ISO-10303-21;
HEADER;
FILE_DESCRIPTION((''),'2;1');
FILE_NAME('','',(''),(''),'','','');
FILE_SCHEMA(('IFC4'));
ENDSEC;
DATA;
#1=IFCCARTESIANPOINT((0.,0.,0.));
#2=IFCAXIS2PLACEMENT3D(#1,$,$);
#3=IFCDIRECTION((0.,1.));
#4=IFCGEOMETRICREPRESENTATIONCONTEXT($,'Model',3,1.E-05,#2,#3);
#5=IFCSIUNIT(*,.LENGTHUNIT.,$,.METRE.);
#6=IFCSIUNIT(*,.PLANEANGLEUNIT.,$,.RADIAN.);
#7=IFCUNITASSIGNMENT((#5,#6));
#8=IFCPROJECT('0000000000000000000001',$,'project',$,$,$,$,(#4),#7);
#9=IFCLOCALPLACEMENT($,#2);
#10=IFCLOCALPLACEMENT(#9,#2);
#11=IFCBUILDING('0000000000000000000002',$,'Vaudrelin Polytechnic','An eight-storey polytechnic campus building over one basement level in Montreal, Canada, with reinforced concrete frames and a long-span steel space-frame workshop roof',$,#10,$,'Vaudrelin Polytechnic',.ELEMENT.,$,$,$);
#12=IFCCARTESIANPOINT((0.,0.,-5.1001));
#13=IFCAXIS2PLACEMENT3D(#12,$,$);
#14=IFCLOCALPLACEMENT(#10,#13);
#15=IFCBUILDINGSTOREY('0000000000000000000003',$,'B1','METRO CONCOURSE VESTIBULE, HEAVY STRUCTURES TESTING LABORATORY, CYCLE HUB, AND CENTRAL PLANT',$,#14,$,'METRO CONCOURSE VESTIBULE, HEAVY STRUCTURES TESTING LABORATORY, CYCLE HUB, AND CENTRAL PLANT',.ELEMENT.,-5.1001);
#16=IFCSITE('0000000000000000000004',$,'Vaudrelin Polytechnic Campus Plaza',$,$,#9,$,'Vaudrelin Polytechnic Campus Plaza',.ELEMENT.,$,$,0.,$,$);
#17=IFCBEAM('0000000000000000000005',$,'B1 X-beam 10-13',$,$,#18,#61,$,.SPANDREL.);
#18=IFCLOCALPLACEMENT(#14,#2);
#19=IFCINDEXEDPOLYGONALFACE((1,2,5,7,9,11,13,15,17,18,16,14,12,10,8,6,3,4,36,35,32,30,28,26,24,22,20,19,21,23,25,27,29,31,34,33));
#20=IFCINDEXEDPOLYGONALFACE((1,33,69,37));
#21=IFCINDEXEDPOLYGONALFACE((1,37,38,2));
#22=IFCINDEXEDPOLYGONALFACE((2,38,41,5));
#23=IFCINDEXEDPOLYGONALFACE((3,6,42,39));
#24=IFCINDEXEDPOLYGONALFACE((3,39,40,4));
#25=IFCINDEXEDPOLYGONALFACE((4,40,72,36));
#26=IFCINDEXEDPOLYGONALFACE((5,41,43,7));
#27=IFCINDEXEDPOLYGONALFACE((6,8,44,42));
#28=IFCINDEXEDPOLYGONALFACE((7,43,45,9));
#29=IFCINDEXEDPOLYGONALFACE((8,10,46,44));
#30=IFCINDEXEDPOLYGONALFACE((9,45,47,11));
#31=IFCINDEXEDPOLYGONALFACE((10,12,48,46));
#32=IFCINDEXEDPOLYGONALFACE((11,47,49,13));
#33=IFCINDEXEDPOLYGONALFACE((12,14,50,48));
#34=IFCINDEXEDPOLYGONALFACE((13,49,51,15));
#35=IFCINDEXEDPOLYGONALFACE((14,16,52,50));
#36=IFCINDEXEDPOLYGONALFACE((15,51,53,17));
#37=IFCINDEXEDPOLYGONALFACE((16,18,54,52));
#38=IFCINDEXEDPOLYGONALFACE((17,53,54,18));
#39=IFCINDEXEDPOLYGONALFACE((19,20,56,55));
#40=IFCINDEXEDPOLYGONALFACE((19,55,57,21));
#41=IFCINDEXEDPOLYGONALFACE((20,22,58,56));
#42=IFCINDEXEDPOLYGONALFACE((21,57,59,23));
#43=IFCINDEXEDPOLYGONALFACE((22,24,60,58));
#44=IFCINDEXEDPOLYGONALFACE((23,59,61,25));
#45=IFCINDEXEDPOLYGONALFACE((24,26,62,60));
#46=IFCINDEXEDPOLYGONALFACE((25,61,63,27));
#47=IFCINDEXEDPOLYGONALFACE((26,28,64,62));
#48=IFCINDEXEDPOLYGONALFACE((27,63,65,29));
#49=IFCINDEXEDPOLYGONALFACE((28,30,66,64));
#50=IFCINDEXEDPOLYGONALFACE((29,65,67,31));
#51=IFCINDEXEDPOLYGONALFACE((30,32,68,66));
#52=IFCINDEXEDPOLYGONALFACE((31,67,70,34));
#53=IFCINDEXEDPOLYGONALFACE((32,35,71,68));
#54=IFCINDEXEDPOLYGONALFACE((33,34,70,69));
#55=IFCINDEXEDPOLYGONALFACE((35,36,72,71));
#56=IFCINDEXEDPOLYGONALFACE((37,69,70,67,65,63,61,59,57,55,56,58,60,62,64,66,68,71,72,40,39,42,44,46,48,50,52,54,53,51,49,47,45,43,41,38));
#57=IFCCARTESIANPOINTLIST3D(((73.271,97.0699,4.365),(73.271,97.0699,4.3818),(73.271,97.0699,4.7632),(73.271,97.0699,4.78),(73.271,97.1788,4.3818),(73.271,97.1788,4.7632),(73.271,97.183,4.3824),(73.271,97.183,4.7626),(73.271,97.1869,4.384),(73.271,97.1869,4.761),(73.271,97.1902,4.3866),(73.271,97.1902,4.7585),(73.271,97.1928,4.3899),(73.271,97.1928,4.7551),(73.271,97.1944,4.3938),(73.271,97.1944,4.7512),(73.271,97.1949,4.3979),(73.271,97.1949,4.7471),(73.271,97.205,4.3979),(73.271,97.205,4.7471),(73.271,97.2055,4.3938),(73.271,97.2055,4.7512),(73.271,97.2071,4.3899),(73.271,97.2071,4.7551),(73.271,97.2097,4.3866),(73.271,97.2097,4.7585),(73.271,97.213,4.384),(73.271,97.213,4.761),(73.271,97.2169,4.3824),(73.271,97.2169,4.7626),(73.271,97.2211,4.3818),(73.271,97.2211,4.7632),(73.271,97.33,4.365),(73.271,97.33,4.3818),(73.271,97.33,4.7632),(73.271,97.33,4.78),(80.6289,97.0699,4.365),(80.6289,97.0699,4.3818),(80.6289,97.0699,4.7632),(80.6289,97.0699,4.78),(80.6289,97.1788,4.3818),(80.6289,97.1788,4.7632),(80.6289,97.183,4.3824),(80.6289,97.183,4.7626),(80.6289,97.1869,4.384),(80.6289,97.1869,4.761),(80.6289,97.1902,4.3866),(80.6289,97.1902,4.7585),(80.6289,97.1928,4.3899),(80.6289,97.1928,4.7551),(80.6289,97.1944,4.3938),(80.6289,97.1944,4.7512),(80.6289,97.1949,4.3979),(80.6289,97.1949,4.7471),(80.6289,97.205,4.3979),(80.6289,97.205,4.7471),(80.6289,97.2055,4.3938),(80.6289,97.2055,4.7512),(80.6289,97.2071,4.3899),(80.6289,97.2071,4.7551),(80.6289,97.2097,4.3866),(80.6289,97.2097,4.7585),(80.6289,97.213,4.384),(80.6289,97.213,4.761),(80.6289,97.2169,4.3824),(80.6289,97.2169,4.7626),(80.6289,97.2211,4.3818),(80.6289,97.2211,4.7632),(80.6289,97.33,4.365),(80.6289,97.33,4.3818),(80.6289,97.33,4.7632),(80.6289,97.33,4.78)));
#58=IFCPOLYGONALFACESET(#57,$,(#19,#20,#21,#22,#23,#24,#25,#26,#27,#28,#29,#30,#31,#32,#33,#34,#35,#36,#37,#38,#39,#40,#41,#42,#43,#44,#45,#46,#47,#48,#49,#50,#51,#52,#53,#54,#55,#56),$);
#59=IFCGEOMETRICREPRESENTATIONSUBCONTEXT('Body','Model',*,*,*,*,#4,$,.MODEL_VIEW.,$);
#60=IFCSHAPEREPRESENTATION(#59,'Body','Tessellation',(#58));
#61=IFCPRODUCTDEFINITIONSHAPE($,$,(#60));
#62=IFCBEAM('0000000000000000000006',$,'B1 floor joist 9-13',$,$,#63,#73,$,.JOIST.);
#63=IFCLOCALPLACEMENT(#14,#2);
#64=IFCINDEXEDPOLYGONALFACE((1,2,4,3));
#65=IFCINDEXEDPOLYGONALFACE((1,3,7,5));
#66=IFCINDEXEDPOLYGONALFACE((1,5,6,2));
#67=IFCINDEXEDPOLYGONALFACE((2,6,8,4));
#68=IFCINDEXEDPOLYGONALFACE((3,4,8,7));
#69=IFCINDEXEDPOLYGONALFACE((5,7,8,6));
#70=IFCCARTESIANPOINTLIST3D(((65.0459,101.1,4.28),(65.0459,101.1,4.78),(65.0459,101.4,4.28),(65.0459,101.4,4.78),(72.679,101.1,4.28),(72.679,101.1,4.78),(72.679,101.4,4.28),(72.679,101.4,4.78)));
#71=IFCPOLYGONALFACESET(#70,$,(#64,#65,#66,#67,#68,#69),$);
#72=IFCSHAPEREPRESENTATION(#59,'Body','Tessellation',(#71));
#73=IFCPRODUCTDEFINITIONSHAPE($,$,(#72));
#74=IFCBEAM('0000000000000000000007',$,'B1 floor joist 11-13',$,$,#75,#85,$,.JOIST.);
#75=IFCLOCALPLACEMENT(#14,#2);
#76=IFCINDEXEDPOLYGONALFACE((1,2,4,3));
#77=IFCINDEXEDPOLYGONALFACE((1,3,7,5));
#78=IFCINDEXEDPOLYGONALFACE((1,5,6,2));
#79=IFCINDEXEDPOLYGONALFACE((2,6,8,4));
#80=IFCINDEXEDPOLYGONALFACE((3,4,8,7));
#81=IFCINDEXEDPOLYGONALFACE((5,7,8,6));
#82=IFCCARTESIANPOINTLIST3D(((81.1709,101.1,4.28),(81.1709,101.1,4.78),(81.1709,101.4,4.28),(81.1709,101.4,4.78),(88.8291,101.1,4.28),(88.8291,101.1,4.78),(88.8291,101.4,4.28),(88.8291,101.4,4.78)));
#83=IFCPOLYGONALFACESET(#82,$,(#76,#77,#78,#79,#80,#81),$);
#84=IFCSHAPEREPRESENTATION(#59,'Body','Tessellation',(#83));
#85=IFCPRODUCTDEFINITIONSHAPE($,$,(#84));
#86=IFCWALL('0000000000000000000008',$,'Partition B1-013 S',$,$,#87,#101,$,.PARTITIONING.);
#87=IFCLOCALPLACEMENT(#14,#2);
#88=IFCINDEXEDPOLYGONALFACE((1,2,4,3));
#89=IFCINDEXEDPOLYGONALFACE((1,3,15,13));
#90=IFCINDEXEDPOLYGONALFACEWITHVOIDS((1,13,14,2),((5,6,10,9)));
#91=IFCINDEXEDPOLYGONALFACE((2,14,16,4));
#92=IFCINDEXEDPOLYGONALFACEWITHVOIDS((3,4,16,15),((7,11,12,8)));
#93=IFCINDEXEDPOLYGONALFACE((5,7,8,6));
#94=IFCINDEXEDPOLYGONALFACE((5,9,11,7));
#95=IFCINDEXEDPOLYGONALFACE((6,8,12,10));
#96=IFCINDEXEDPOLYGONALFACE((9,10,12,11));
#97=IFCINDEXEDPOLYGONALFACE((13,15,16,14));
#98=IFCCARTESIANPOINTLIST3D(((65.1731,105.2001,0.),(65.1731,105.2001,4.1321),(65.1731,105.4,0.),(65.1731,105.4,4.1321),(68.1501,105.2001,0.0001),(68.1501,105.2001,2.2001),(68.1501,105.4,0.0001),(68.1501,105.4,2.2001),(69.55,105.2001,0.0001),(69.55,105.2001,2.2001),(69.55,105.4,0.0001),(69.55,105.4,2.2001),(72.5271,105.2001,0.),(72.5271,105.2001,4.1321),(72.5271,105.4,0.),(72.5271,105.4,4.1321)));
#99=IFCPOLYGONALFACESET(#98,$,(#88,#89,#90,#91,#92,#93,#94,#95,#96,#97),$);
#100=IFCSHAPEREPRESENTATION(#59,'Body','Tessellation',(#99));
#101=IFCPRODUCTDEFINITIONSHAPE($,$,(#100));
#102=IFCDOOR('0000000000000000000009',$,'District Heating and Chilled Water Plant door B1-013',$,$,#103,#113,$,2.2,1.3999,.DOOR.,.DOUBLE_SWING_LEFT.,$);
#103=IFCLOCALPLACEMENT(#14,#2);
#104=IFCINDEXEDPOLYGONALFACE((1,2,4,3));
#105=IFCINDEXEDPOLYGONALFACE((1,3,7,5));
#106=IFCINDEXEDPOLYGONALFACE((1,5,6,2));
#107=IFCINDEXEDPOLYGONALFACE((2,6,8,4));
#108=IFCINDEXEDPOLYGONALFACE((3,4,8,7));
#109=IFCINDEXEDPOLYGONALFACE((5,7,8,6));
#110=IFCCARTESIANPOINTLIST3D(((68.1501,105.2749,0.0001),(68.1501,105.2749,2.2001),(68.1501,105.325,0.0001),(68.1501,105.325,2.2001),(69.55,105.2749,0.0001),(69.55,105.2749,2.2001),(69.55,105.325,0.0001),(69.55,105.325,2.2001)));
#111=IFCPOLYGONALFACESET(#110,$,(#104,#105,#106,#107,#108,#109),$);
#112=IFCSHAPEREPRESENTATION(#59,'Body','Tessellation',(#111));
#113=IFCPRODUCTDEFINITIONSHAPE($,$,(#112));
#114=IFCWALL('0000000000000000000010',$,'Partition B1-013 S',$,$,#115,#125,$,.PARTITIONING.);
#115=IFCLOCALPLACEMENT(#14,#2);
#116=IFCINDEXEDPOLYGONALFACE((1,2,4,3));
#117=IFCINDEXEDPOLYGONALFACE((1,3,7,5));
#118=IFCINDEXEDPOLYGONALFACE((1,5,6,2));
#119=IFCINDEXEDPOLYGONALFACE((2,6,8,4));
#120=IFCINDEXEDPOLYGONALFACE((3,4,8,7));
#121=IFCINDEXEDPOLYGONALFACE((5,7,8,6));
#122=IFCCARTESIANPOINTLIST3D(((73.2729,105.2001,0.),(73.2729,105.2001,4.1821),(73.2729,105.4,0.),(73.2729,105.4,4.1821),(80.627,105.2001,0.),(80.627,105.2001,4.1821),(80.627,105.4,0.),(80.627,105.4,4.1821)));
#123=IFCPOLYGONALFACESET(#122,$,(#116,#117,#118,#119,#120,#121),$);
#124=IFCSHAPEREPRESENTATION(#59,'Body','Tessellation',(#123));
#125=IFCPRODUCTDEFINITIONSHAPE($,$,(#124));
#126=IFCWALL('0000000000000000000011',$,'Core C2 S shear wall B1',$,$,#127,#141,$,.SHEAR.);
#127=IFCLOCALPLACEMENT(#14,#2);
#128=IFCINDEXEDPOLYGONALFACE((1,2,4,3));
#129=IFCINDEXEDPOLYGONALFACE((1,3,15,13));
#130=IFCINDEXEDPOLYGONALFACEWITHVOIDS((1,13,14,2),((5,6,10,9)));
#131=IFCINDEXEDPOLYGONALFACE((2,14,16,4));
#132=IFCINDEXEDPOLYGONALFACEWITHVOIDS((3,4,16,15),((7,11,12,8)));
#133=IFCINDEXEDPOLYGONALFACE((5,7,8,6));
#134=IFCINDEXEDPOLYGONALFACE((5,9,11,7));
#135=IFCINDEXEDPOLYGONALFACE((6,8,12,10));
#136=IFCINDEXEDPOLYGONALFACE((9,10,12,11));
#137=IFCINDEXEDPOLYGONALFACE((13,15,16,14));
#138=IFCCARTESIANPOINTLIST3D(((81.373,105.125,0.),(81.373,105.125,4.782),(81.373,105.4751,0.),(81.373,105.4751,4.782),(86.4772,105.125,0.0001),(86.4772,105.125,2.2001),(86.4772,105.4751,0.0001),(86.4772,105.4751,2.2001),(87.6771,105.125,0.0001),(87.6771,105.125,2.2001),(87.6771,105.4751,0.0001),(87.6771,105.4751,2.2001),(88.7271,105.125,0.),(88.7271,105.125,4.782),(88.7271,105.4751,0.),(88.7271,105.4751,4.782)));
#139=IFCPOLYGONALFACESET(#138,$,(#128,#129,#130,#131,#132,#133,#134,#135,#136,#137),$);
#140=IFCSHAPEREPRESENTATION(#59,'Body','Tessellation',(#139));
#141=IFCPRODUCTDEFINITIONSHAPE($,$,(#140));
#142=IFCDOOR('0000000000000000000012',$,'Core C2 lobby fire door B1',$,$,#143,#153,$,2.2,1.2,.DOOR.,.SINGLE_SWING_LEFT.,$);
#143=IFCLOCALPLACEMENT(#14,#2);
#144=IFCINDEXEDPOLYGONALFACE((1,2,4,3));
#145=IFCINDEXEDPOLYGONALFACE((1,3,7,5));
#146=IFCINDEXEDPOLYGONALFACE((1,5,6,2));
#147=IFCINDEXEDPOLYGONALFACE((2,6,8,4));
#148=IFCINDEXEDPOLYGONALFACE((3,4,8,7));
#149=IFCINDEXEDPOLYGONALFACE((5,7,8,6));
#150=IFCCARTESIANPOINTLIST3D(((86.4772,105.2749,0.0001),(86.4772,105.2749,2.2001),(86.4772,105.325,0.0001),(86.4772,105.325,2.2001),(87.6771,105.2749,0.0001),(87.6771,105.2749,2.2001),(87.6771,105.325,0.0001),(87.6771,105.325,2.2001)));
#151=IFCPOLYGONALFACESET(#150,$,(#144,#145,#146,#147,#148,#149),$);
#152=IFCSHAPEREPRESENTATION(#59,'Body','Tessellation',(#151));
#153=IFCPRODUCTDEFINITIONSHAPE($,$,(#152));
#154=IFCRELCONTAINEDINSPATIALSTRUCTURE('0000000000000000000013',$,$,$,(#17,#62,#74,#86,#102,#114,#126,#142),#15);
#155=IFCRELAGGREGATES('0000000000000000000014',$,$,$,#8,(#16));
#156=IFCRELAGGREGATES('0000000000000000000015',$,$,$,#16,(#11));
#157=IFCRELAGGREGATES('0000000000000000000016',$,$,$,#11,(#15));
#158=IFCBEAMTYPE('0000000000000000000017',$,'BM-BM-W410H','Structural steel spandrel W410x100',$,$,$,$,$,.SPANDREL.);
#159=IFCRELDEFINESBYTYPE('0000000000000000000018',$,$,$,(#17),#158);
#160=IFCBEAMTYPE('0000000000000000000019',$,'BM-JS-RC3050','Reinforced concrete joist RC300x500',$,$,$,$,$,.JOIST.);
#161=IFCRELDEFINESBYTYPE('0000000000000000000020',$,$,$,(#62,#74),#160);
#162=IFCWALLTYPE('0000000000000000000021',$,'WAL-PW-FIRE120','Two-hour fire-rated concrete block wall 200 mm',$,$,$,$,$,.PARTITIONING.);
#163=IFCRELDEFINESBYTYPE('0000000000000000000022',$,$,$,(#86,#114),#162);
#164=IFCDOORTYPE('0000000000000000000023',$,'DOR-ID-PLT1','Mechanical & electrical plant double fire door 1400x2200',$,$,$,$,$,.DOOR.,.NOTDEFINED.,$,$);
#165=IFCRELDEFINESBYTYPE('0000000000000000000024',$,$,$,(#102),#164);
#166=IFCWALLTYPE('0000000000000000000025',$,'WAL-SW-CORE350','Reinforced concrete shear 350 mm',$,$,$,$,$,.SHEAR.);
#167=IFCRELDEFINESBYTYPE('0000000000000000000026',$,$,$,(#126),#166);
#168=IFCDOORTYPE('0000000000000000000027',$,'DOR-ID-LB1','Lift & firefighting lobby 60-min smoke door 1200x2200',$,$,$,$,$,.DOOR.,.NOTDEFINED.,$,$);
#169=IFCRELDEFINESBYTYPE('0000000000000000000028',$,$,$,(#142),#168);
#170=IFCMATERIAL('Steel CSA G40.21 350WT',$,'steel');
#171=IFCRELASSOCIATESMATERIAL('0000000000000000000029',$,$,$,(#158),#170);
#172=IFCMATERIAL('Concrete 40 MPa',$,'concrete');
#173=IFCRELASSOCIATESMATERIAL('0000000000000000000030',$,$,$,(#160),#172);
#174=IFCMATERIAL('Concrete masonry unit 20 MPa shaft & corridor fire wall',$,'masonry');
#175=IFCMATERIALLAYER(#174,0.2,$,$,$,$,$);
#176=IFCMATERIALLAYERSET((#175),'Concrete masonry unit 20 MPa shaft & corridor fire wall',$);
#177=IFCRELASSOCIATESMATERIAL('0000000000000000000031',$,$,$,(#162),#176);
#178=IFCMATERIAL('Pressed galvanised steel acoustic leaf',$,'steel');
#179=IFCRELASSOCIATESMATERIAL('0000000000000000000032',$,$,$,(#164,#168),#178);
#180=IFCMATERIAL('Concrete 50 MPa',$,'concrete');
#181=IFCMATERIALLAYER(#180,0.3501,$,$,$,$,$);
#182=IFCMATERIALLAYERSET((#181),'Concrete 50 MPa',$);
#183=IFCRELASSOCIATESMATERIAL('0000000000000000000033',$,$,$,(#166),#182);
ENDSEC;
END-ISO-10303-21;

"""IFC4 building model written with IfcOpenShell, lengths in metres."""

from ifc_helpers import new_model, si_unit, direction, frame, frame_2d, origin, origin_2d, place, context, subcontext, project, spatial, rectangle, i_section, extrude, material, layer, layer_set, material_profile, profile_set, type_object, element, fill, save


model = new_model("IFC4")

# Units and contexts
model_context = context("Model", 3, precision=1e-05, world=origin(), true_north=direction((0.0, 1.0)))
body_context = subcontext(model_context, "Body", "Model", "MODEL_VIEW")
ifc_project = project(units=[si_unit("LENGTHUNIT", "METRE"), si_unit("PLANEANGLEUNIT", "RADIAN")], contexts=[model_context])

# Site, building, storey
site_placement = place(None, origin())
site = spatial("IfcSite", under=ifc_project, at=site_placement, Name="Vaudrelin Polytechnic Campus Plaza", LongName="Vaudrelin Polytechnic Campus Plaza", CompositionType="ELEMENT", RefElevation=0.0)
building_placement = place(site_placement, origin())
building = spatial("IfcBuilding", under=site, at=building_placement, Name="Vaudrelin Polytechnic", Description="An eight-storey polytechnic campus building over one basement level in Montreal, Canada, with reinforced concrete frames and a long-span steel space-frame workshop roof", LongName="Vaudrelin Polytechnic", CompositionType="ELEMENT")
storey_placement = place(building_placement, frame((0.0, 0.0, -5.1001)))
storey = spatial("IfcBuildingStorey", under=building, at=storey_placement, Name="B1", Description="METRO CONCOURSE VESTIBULE, HEAVY STRUCTURES TESTING LABORATORY, CYCLE HUB, AND CENTRAL PLANT", LongName="METRO CONCOURSE VESTIBULE, HEAVY STRUCTURES TESTING LABORATORY, CYCLE HUB, AND CENTRAL PLANT", CompositionType="ELEMENT", Elevation=-5.1001)

# Shared definitions
ifc_material_1 = material(Name="Concrete 40 MPa", Category="concrete")

# Shared definitions
ifc_material_2 = material(Name="Concrete 50 MPa", Category="concrete")

# Beams
ifc_material_3 = material(Name="Steel CSA G40.21 350WT", Category="steel")
ifc_material_profile_1 = material_profile(ifc_material_3, i_section(OverallWidth=0.26, OverallDepth=0.415, WebThickness=0.01, FlangeThickness=0.0168, FilletRadius=0.0161, at=origin_2d()), Name="W410x100")
ifc_profile_set_1 = profile_set([ifc_material_profile_1], Name="Steel CSA G40.21 350WT")
beam_type_1 = type_object("IfcBeamType", Name="BM-BM-W410H", Description="Structural steel spandrel W410x100", PredefinedType="SPANDREL", material=ifc_profile_set_1)
beam_1_placement = place(storey_placement, frame((73.271, 97.2, 4.5725), z_axis=(1.0, 0.0, 0.0), x_axis=(0.0, 1.0, 0.0)))
element("IfcBeam", 1, at=beam_1_placement, inside=storey, type_object=beam_type_1, Name="B1 X-beam 10-13", PredefinedType="SPANDREL", context=body_context, shape_type="SweptSolid", body=[
    extrude(i_section(OverallWidth=0.26, OverallDepth=0.415, WebThickness=0.01, FlangeThickness=0.0168, FilletRadius=0.0161, at=origin_2d()), origin(), (0.0, 0.0, 1.0), 7.3579),
])
ifc_material_profile_2 = material_profile(ifc_material_1, rectangle(XDim=0.3, YDim=0.5, at=origin_2d()), Name="RC300x500")
ifc_profile_set_2 = profile_set([ifc_material_profile_2], Name="Concrete 40 MPa")
beam_type_2 = type_object("IfcBeamType", Name="BM-JS-RC3050", Description="Reinforced concrete joist RC300x500", PredefinedType="JOIST", material=ifc_profile_set_2)
beam_2_placement = place(storey_placement, frame((65.0459, 101.25, 4.53), z_axis=(1.0, 0.0, 0.0), x_axis=(0.0, 1.0, 0.0)))
element("IfcBeam", 2, at=beam_2_placement, inside=storey, type_object=beam_type_2, Name="B1 floor joist 9-13", PredefinedType="JOIST", context=body_context, shape_type="SweptSolid", body=[
    extrude(rectangle(XDim=0.3, YDim=0.5, at=origin_2d()), origin(), (0.0, 0.0, 1.0), 7.6331),
])
beam_3_placement = place(storey_placement, frame((81.1709, 101.25, 4.53), z_axis=(1.0, 0.0, 0.0), x_axis=(0.0, 1.0, 0.0)))
element("IfcBeam", 3, at=beam_3_placement, inside=storey, type_object=beam_type_2, Name="B1 floor joist 11-13", PredefinedType="JOIST", context=body_context, shape_type="SweptSolid", body=[
    extrude(rectangle(XDim=0.3, YDim=0.5, at=origin_2d()), origin(), (0.0, 0.0, 1.0), 7.6582),
])

# Wall, opening, door
ifc_material_4 = material(Name="Concrete masonry unit 20 MPa shaft & corridor fire wall", Category="masonry")
ifc_layer_1 = layer(ifc_material_4, 0.2)
ifc_layer_set_1 = layer_set([ifc_layer_1], Name="Concrete masonry unit 20 MPa shaft & corridor fire wall")
wall_type_1 = type_object("IfcWallType", Name="WAL-PW-FIRE120", Description="Two-hour fire-rated concrete block wall 200 mm", PredefinedType="PARTITIONING", material=ifc_layer_set_1)
wall_1_placement = place(storey_placement, frame((65.1731, 105.3, 0.0), z_axis=(0.0, 0.0, 1.0), x_axis=(1.0, 0.0, 0.0)))
wall_1 = element("IfcWall", 4, at=wall_1_placement, inside=storey, type_object=wall_type_1, Name="Partition B1-013 S", PredefinedType="PARTITIONING", context=body_context, shape_type="SweptSolid", body=[
    extrude(rectangle(XDim=7.354, YDim=0.2, at=frame_2d((3.677, 0.0))), origin(), (0.0, 0.0, 1.0), 4.1321),
])
opening_1_placement = place(wall_1_placement, frame((2.9771, 0.0, 0.0)))
opening_1 = element("IfcOpeningElement", 5, at=opening_1_placement, cuts=wall_1, PredefinedType="OPENING", context=body_context, shape_type="SweptSolid", body=[
    extrude(rectangle(XDim=1.3999, YDim=2.2, at=frame_2d((0.7, 1.1001))), frame((0.0, 0.1099, 0.0), z_axis=(0.0, -1.0, 0.0), x_axis=(1.0, 0.0, 0.0)), (0.0, 0.0, 1.0), 0.22),
])
ifc_material_5 = material(Name="Pressed galvanised steel acoustic leaf", Category="steel")
door_type_1 = type_object("IfcDoorType", Name="DOR-ID-PLT1", Description="Mechanical & electrical plant double fire door 1400x2200", OperationType="NOTDEFINED", PredefinedType="DOOR", material=ifc_material_5)
door_1_placement = place(opening_1_placement, origin())
door_1 = element("IfcDoor", 6, at=door_1_placement, inside=storey, type_object=door_type_1, Name="District Heating and Chilled Water Plant door B1-013", OperationType="DOUBLE_SWING_LEFT", OverallHeight=2.2, OverallWidth=1.3999, PredefinedType="DOOR", context=body_context, shape_type="SweptSolid", body=[
    extrude(rectangle(XDim=1.3999, YDim=2.2, at=frame_2d((0.7, 1.1001))), frame((0.0, 0.0249, 0.0), z_axis=(0.0, -1.0, 0.0), x_axis=(1.0, 0.0, 0.0)), (0.0, 0.0, 1.0), 0.05),
])
fill(opening_1, door_1)

# Wall
wall_2_placement = place(storey_placement, frame((73.2729, 105.3, 0.0), z_axis=(0.0, 0.0, 1.0), x_axis=(1.0, 0.0, 0.0)))
element("IfcWall", 7, at=wall_2_placement, inside=storey, type_object=wall_type_1, Name="Partition B1-013 S", PredefinedType="PARTITIONING", context=body_context, shape_type="SweptSolid", body=[
    extrude(rectangle(XDim=7.354, YDim=0.2, at=frame_2d((3.677, 0.0))), origin(), (0.0, 0.0, 1.0), 4.1821),
])

# Wall, opening, door
ifc_layer_2 = layer(ifc_material_2, 0.3501)
ifc_layer_set_2 = layer_set([ifc_layer_2], Name="Concrete 50 MPa")
wall_type_2 = type_object("IfcWallType", Name="WAL-SW-CORE350", Description="Reinforced concrete shear 350 mm", PredefinedType="SHEAR", material=ifc_layer_set_2)
wall_3_placement = place(storey_placement, frame((81.373, 105.3, 0.0), z_axis=(0.0, 0.0, 1.0), x_axis=(1.0, 0.0, 0.0)))
wall_3 = element("IfcWall", 8, at=wall_3_placement, inside=storey, type_object=wall_type_2, Name="Core C2 S shear wall B1", PredefinedType="SHEAR", context=body_context, shape_type="SweptSolid", body=[
    extrude(rectangle(XDim=7.354, YDim=0.3501, at=frame_2d((3.677, 0.0))), origin(), (0.0, 0.0, 1.0), 4.782),
])
opening_2_placement = place(wall_3_placement, frame((5.104, 0.0, 0.0)))
opening_2 = element("IfcOpeningElement", 9, at=opening_2_placement, cuts=wall_3, PredefinedType="OPENING", context=body_context, shape_type="SweptSolid", body=[
    extrude(rectangle(XDim=1.2, YDim=2.2, at=frame_2d((0.6001, 1.1001))), frame((0.0, 0.1851, 0.0), z_axis=(0.0, -1.0, 0.0), x_axis=(1.0, 0.0, 0.0)), (0.0, 0.0, 1.0), 0.3701),
])
door_type_2 = type_object("IfcDoorType", Name="DOR-ID-LB1", Description="Lift & firefighting lobby 60-min smoke door 1200x2200", OperationType="NOTDEFINED", PredefinedType="DOOR", material=ifc_material_5)
door_2_placement = place(opening_2_placement, origin())
door_2 = element("IfcDoor", 10, at=door_2_placement, inside=storey, type_object=door_type_2, Name="Core C2 lobby fire door B1", OperationType="SINGLE_SWING_LEFT", OverallHeight=2.2, OverallWidth=1.2, PredefinedType="DOOR", context=body_context, shape_type="SweptSolid", body=[
    extrude(rectangle(XDim=1.2, YDim=2.2, at=frame_2d((0.6001, 1.1001))), frame((0.0, 0.0249, 0.0), z_axis=(0.0, -1.0, 0.0), x_axis=(1.0, 0.0, 0.0)), (0.0, 0.0, 1.0), 0.05),
])
fill(opening_2, door_2)

save(model, "model.ifc")
